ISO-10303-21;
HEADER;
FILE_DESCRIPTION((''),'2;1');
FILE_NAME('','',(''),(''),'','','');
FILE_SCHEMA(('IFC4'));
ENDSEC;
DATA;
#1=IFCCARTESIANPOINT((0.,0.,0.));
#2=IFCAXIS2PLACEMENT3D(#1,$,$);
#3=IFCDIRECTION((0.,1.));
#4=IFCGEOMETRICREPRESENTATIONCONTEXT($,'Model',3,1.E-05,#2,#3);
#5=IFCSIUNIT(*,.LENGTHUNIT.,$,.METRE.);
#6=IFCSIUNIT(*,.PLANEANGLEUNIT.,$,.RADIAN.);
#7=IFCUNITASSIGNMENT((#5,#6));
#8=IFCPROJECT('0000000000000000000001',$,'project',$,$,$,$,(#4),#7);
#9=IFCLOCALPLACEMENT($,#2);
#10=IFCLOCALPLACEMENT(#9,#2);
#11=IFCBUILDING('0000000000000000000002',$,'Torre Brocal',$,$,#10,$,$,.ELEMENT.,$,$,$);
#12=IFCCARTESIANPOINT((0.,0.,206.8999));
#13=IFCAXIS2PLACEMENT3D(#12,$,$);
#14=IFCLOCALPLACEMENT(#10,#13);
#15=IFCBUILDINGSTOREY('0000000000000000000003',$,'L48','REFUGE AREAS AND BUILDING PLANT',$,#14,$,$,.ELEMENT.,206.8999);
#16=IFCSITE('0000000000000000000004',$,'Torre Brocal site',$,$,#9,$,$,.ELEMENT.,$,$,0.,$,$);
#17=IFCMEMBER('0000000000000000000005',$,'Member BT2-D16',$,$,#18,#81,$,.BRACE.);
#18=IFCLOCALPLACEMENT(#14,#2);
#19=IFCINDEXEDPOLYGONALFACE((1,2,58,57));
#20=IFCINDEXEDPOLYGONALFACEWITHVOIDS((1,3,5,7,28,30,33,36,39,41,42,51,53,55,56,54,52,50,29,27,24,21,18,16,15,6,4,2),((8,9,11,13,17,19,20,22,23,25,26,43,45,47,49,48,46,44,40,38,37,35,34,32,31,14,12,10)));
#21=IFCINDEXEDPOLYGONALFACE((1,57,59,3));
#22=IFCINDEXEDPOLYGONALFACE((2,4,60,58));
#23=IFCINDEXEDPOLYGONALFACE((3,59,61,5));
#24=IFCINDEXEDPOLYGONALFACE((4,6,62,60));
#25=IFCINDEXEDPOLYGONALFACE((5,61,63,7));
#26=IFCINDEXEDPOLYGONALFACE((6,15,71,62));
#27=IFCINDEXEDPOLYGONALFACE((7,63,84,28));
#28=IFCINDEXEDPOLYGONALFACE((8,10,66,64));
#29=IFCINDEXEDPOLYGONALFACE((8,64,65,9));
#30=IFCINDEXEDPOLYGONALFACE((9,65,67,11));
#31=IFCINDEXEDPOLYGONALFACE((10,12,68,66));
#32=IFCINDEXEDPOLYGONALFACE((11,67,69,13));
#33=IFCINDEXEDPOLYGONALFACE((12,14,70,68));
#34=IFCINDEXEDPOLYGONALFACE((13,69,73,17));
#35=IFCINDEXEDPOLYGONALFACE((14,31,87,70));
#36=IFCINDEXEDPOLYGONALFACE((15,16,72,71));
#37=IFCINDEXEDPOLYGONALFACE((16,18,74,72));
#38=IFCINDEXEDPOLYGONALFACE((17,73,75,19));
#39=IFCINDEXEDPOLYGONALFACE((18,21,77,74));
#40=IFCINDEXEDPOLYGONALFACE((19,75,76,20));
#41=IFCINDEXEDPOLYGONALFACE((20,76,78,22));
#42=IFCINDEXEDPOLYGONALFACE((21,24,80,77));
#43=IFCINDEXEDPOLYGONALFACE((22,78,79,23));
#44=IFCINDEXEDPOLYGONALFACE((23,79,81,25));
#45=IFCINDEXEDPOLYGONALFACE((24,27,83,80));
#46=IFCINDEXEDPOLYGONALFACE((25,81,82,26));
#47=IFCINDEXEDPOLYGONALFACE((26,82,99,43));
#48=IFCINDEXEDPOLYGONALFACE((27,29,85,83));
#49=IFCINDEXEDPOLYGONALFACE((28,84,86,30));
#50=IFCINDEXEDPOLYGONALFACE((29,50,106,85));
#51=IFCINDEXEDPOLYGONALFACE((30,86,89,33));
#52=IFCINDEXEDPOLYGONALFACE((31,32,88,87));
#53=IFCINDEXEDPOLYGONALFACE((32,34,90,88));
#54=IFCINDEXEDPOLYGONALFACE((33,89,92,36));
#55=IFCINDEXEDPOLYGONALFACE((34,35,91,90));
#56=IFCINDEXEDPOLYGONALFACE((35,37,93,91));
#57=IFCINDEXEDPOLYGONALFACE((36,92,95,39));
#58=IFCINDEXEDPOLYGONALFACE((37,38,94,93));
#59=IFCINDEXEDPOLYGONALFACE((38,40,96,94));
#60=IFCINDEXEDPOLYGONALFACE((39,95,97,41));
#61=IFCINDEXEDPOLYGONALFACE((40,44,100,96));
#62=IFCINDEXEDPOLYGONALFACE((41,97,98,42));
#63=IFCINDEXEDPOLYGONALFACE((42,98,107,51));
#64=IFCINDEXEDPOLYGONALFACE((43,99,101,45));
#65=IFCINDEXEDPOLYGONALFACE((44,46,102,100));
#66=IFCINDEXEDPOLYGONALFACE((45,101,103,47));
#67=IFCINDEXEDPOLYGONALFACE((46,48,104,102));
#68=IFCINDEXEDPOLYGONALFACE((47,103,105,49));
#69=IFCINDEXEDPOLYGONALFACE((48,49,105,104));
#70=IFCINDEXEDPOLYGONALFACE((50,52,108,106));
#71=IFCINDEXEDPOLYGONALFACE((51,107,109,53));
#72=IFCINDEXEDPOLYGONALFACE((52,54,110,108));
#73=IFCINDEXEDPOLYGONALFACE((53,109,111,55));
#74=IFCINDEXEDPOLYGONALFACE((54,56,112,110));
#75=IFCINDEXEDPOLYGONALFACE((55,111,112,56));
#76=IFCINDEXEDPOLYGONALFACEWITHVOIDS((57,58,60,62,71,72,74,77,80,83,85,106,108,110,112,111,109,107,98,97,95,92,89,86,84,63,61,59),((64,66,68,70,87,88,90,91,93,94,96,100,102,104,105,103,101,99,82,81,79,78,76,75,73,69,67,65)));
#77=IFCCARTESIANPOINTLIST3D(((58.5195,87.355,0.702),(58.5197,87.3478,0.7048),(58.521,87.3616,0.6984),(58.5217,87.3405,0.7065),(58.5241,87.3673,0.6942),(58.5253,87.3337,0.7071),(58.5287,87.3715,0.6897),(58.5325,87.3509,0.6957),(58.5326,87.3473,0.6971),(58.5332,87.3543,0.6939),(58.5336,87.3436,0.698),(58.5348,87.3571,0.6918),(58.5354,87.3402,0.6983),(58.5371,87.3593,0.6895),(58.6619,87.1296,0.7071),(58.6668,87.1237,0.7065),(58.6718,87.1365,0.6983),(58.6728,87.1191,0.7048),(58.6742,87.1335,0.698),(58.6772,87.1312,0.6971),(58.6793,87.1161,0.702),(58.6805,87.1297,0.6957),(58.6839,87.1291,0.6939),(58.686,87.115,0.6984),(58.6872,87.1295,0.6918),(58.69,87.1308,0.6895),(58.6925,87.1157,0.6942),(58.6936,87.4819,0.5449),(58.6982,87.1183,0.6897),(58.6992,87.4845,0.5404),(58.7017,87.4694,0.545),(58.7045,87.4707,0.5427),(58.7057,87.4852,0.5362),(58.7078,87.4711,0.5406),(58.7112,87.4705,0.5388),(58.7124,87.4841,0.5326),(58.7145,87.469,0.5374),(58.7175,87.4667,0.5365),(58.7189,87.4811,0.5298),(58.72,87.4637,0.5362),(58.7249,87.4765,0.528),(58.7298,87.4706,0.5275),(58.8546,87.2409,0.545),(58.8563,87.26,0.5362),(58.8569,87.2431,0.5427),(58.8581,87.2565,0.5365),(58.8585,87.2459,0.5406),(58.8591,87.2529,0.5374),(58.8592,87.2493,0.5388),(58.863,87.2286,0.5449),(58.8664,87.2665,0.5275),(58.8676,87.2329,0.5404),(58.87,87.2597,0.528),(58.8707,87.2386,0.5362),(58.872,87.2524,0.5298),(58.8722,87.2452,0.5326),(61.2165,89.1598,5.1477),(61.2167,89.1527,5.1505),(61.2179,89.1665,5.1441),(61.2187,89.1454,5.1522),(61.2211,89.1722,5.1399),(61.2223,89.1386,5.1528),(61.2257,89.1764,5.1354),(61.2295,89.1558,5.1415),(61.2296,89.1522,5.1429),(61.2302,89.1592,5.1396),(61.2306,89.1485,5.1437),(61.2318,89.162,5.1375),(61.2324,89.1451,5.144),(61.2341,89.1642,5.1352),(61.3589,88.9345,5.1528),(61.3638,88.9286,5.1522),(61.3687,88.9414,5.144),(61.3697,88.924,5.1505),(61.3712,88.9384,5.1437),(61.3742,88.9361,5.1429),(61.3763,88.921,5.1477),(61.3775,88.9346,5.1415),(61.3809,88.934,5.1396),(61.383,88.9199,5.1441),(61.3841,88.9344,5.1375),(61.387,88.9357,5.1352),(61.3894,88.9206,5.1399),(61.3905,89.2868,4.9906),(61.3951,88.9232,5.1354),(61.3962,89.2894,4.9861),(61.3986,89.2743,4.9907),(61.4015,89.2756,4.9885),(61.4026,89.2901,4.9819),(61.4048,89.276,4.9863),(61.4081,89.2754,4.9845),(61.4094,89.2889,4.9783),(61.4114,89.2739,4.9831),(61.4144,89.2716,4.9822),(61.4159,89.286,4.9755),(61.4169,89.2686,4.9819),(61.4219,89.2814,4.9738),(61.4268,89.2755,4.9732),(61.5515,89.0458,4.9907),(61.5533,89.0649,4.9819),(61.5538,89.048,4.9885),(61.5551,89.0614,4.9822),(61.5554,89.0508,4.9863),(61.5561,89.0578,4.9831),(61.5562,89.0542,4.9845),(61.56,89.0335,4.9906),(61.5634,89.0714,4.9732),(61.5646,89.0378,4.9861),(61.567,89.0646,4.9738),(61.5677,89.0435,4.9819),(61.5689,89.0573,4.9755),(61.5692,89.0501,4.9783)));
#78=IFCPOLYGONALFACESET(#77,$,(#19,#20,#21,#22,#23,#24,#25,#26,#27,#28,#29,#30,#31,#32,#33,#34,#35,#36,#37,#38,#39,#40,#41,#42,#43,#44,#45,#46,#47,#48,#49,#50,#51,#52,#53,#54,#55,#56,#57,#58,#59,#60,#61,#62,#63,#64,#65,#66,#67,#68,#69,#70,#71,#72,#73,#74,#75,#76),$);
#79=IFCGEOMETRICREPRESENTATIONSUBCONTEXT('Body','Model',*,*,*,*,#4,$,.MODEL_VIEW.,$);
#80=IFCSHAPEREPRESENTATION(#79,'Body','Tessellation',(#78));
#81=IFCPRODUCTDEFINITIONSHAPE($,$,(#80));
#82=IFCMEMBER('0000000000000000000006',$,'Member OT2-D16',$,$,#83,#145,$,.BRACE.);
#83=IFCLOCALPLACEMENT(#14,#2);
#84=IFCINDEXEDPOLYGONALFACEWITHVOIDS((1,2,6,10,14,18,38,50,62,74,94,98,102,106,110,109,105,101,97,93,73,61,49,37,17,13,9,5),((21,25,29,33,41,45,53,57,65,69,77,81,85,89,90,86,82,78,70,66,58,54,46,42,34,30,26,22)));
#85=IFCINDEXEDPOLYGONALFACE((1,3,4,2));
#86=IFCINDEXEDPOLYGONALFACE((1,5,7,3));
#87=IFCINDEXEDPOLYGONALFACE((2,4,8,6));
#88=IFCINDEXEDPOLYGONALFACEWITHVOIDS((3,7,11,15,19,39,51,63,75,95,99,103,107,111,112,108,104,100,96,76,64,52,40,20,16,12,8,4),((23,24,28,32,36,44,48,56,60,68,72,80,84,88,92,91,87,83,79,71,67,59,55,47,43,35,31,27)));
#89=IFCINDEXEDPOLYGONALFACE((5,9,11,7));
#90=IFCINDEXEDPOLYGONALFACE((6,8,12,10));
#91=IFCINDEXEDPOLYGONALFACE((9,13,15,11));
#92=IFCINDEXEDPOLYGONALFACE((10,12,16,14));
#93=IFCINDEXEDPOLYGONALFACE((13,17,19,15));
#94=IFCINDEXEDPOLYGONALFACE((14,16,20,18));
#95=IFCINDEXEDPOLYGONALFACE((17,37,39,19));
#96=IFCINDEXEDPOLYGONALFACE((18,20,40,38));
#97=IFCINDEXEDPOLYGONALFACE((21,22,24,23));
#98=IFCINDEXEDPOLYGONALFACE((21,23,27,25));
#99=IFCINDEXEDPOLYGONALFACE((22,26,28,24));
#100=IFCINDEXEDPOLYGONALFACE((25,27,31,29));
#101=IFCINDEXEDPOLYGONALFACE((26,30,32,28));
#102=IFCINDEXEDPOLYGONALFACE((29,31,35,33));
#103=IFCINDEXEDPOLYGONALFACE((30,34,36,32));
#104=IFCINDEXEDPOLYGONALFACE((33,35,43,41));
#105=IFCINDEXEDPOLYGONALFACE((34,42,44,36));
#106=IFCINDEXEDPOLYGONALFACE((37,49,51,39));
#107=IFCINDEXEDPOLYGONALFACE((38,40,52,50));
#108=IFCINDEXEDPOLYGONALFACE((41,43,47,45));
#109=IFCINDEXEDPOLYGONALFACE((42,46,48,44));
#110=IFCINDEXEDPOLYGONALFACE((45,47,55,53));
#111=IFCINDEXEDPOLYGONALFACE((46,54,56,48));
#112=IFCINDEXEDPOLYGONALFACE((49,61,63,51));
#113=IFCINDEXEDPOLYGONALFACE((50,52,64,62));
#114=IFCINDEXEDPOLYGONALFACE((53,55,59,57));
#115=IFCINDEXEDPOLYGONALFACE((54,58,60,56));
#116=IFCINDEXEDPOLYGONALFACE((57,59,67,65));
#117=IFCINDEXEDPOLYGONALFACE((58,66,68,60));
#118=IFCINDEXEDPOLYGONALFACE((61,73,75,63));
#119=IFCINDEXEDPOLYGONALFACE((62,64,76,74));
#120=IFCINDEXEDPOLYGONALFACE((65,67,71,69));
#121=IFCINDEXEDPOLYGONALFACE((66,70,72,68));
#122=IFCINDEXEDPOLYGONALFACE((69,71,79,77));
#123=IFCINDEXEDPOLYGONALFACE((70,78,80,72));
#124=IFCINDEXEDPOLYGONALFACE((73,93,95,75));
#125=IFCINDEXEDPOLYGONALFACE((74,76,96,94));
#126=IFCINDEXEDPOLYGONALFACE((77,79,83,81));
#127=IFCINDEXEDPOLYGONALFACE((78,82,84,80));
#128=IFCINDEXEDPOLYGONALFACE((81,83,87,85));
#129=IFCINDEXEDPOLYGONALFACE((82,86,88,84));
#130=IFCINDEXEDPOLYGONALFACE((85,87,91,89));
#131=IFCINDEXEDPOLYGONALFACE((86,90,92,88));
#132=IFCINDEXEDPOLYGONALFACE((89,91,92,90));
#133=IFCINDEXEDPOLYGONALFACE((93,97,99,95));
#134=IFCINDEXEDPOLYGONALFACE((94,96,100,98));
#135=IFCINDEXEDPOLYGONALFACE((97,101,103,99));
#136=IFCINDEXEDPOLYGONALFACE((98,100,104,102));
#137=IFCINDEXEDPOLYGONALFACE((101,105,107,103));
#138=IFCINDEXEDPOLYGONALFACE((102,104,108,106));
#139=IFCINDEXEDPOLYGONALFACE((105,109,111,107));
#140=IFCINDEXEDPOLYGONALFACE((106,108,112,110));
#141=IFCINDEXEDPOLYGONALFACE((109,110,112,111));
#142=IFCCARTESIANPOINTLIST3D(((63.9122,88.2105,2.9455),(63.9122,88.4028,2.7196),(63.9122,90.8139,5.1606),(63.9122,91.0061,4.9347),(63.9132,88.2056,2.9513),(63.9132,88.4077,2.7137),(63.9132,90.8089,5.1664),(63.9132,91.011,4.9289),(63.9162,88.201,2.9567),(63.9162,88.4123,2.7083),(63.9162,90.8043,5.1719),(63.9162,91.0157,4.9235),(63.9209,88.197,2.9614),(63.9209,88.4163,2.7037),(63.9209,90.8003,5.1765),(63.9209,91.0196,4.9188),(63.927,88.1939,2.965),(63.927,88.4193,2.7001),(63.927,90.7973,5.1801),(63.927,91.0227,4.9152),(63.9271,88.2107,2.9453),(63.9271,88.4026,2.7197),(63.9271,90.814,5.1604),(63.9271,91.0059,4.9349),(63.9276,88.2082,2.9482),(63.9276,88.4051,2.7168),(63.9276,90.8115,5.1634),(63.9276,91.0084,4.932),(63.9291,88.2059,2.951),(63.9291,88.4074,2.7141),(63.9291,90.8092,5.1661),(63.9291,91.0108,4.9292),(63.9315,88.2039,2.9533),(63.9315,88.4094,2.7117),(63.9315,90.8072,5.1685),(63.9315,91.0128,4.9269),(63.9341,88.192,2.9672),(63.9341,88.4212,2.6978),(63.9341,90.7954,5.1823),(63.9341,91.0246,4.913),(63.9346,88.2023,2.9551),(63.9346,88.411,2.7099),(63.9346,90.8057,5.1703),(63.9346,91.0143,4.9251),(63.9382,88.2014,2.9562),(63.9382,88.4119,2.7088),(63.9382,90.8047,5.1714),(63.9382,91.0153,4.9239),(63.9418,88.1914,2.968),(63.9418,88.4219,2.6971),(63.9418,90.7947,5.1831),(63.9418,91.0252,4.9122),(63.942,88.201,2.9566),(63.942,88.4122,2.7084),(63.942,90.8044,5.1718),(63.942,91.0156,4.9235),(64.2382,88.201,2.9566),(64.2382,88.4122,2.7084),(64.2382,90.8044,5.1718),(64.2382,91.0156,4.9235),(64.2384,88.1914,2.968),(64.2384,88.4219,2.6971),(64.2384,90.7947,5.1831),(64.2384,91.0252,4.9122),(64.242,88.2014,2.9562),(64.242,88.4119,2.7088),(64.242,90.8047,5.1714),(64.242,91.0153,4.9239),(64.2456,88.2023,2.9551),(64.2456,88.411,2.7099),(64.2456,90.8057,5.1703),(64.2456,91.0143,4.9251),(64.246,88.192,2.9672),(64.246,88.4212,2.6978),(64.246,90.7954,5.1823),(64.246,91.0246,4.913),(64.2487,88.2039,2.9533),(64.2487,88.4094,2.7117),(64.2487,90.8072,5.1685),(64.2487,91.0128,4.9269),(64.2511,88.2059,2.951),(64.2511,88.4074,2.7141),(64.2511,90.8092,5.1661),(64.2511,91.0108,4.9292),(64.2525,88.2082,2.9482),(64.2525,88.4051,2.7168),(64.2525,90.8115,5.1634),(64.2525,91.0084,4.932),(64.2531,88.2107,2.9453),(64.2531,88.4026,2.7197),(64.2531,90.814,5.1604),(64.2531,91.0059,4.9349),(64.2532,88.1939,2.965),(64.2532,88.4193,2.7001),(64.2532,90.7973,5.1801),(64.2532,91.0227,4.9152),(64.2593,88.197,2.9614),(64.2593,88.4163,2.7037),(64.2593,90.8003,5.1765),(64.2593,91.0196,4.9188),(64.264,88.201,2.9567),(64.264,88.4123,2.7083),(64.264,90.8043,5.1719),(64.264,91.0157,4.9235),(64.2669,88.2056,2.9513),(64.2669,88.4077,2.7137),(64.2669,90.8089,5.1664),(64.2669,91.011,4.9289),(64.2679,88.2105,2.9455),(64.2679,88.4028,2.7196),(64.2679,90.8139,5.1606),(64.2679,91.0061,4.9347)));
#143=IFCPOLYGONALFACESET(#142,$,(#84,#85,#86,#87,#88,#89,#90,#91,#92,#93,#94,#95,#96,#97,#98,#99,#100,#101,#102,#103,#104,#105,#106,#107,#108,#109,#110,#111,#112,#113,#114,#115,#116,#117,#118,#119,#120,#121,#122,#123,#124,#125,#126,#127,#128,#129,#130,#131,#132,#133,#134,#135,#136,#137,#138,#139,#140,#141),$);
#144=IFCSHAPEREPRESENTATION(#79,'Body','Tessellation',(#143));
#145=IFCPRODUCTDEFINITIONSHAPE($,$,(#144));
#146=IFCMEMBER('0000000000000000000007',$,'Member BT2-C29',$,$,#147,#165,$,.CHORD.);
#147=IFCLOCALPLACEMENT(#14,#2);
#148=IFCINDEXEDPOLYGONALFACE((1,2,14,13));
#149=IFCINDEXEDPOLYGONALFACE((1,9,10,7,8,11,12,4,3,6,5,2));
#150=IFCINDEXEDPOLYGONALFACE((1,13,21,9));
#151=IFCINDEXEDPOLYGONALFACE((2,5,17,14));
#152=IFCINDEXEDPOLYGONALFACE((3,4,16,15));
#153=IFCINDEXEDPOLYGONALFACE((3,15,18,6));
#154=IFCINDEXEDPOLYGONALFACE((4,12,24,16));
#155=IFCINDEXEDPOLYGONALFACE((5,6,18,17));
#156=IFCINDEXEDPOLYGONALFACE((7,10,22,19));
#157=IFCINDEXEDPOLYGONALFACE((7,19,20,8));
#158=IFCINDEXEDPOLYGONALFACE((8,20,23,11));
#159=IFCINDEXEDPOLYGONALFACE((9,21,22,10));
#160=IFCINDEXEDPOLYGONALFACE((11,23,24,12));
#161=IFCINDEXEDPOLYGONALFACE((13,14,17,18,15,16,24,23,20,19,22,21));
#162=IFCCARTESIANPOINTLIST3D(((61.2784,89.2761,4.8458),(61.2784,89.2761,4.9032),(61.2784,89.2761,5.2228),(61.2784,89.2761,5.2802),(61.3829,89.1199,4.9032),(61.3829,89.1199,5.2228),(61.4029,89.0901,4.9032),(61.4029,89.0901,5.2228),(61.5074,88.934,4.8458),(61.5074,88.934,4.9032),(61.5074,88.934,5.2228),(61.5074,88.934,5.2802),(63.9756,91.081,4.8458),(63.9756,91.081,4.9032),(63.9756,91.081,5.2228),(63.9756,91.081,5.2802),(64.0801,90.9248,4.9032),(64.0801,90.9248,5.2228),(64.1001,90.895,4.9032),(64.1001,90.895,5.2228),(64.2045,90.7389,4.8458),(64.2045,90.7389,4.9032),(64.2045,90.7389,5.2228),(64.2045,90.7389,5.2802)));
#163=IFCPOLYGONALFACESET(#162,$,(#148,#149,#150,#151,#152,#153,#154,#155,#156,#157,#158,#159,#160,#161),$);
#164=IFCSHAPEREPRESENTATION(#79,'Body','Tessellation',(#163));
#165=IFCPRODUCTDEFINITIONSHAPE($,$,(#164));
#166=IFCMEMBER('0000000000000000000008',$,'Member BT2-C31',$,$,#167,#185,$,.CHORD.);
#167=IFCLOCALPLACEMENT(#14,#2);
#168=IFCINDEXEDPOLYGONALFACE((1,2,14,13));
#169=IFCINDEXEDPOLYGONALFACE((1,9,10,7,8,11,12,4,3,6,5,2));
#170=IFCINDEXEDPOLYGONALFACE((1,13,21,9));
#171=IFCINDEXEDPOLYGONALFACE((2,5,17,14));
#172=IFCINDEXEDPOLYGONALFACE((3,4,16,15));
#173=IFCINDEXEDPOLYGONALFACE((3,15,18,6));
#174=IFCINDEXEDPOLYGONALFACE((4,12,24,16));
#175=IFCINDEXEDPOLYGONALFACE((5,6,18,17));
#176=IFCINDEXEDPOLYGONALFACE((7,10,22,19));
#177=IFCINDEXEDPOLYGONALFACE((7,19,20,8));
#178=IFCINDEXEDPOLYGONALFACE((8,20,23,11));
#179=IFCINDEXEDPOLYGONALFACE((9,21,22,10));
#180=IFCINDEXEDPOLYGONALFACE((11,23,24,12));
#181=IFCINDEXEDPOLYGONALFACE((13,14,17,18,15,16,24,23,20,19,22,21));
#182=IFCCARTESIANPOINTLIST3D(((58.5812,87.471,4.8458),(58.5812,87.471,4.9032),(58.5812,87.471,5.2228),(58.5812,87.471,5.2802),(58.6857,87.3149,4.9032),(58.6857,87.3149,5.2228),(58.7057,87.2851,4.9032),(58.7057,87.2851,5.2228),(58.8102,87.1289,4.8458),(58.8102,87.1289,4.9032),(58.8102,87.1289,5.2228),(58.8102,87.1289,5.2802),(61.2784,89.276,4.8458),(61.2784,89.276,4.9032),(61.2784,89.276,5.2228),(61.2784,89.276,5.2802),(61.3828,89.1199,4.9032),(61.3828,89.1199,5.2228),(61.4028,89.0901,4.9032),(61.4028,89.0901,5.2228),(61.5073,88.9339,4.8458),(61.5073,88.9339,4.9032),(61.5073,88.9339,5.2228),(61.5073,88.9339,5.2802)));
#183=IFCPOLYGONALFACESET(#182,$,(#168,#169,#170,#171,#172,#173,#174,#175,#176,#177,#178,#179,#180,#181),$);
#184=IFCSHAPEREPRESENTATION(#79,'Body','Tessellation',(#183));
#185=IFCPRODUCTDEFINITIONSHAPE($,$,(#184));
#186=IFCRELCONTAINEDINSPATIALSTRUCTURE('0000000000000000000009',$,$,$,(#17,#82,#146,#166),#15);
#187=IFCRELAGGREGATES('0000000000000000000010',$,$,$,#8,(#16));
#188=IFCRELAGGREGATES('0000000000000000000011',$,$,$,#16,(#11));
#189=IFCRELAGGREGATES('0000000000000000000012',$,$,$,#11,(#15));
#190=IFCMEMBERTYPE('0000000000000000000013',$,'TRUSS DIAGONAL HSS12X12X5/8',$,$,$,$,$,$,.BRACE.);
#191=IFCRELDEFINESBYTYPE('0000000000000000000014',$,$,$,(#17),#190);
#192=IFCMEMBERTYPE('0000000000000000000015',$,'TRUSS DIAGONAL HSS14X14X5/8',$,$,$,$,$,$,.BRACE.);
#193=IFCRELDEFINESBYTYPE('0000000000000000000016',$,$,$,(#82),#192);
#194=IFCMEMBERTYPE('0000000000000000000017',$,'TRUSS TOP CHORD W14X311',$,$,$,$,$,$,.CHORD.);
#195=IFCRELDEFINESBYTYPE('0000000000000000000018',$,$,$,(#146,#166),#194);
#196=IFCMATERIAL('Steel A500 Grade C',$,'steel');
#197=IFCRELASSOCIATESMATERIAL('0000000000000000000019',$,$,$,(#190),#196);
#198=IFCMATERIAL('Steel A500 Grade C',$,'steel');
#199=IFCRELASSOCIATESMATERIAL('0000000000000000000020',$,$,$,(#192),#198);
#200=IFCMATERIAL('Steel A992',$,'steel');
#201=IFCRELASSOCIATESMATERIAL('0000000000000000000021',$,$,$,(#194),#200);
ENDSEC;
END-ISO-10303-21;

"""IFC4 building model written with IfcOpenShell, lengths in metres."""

from ifc_helpers import new_model, si_unit, direction, frame, origin, origin_2d, place, context, subcontext, project, spatial, hollow_rectangle, i_section, extrude, material, material_profile, profile_set, type_object, element, save


model = new_model("IFC4")

# Units and contexts
model_context = context("Model", 3, precision=1e-05, world=origin(), true_north=direction((0.0, 1.0)))
body_context = subcontext(model_context, "Body", "Model", "MODEL_VIEW")
ifc_project = project(units=[si_unit("LENGTHUNIT", "METRE"), si_unit("PLANEANGLEUNIT", "RADIAN")], contexts=[model_context])

# Site, building, storey
site_placement = place(None, origin())
site = spatial("IfcSite", under=ifc_project, at=site_placement, Name="Torre Brocal site", CompositionType="ELEMENT", RefElevation=0.0)
building_placement = place(site_placement, origin())
building = spatial("IfcBuilding", under=site, at=building_placement, Name="Torre Brocal", CompositionType="ELEMENT")
storey_placement = place(building_placement, frame((0.0, 0.0, 206.8999)))
storey = spatial("IfcBuildingStorey", under=building, at=storey_placement, Name="L48", Description="REFUGE AREAS AND BUILDING PLANT", CompositionType="ELEMENT", Elevation=206.8999)

# Members
ifc_material_1 = material(Name="Steel A500 Grade C", Category="steel")
ifc_material_profile_1 = material_profile(ifc_material_1, hollow_rectangle(XDim=0.3047, YDim=0.3047, WallThickness=0.0149, InnerFilletRadius=0.0149, OuterFilletRadius=0.0295, at=origin_2d()), Name="HSS12X12X5/8")
ifc_profile_set_1 = profile_set([ifc_material_profile_1], Name="Steel A500 Grade C")
member_type_1 = type_object("IfcMemberType", Name="TRUSS DIAGONAL HSS12X12X5/8", PredefinedType="BRACE", material=ifc_profile_set_1)
member_1_placement = place(storey_placement, frame((61.3928, 89.105, 5.063), z_axis=(-0.489988, -0.327916, -0.807702), x_axis=(0.556175, -0.831065, 0.0)))
element("IfcMember", 1, at=member_1_placement, inside=storey, type_object=member_type_1, Name="Member BT2-D16", PredefinedType="BRACE", context=body_context, shape_type="SweptSolid", body=[
    extrude(hollow_rectangle(XDim=0.3047, YDim=0.3047, WallThickness=0.0149, InnerFilletRadius=0.0149, OuterFilletRadius=0.0295, at=origin_2d()), origin(), (0.0, 0.0, 1.0), 5.5042),
])
ifc_material_2 = material(Name="Steel A500 Grade C", Category="steel")
ifc_material_profile_2 = material_profile(ifc_material_2, hollow_rectangle(XDim=0.3557, YDim=0.3557, WallThickness=0.0149, InnerFilletRadius=0.0149, OuterFilletRadius=0.0295, at=origin_2d()), Name="HSS14X14X5/8")
ifc_profile_set_2 = profile_set([ifc_material_profile_2], Name="Steel A500 Grade C")
member_type_2 = type_object("IfcMemberType", Name="TRUSS DIAGONAL HSS14X14X5/8", PredefinedType="BRACE", material=ifc_profile_set_2)
member_2_placement = place(storey_placement, frame((64.0901, 88.3066, 2.8325), z_axis=(0.0, 0.761606, 0.64804), x_axis=(-1.0, 0.0, 0.0)))
element("IfcMember", 2, at=member_2_placement, inside=storey, type_object=member_type_2, Name="Member OT2-D16", PredefinedType="BRACE", context=body_context, shape_type="SweptSolid", body=[
    extrude(hollow_rectangle(XDim=0.3557, YDim=0.3557, WallThickness=0.0149, InnerFilletRadius=0.0149, OuterFilletRadius=0.0295, at=origin_2d()), origin(), (0.0, 0.0, 1.0), 3.4182),
])
ifc_material_3 = material(Name="Steel A992", Category="steel")
ifc_material_profile_3 = material_profile(ifc_material_3, i_section(OverallWidth=0.4116, OverallDepth=0.4343, WebThickness=0.0359, FlangeThickness=0.0574, at=origin_2d()), Name="W14X311")
ifc_profile_set_3 = profile_set([ifc_material_profile_3], Name="Steel A992")
member_type_3 = type_object("IfcMemberType", Name="TRUSS TOP CHORD W14X311", PredefinedType="CHORD", material=ifc_profile_set_3)
for number, where, z_axis, x_axis, name in (
    (3, (64.0901, 90.9099, 5.063), (-0.831088, -0.55614, 0.0), (0.55614, -0.831088, 0.0), "Member BT2-C29"),
    (4, (61.3928, 89.105, 5.063), (-0.831065, -0.556175, 0.0), (0.556175, -0.831065, 0.0), "Member BT2-C31"),
):
    element("IfcMember", number, at=place(storey_placement, frame(where, z_axis=z_axis, x_axis=x_axis)), inside=storey, type_object=member_type_3, Name=name, PredefinedType="CHORD", context=body_context, shape_type="SweptSolid", body=[
        extrude(i_section(OverallWidth=0.4116, OverallDepth=0.4343, WebThickness=0.0359, FlangeThickness=0.0574, at=origin_2d()), origin(), (0.0, 0.0, 1.0), 3.2454),
    ])

save(model, "model.ifc")
